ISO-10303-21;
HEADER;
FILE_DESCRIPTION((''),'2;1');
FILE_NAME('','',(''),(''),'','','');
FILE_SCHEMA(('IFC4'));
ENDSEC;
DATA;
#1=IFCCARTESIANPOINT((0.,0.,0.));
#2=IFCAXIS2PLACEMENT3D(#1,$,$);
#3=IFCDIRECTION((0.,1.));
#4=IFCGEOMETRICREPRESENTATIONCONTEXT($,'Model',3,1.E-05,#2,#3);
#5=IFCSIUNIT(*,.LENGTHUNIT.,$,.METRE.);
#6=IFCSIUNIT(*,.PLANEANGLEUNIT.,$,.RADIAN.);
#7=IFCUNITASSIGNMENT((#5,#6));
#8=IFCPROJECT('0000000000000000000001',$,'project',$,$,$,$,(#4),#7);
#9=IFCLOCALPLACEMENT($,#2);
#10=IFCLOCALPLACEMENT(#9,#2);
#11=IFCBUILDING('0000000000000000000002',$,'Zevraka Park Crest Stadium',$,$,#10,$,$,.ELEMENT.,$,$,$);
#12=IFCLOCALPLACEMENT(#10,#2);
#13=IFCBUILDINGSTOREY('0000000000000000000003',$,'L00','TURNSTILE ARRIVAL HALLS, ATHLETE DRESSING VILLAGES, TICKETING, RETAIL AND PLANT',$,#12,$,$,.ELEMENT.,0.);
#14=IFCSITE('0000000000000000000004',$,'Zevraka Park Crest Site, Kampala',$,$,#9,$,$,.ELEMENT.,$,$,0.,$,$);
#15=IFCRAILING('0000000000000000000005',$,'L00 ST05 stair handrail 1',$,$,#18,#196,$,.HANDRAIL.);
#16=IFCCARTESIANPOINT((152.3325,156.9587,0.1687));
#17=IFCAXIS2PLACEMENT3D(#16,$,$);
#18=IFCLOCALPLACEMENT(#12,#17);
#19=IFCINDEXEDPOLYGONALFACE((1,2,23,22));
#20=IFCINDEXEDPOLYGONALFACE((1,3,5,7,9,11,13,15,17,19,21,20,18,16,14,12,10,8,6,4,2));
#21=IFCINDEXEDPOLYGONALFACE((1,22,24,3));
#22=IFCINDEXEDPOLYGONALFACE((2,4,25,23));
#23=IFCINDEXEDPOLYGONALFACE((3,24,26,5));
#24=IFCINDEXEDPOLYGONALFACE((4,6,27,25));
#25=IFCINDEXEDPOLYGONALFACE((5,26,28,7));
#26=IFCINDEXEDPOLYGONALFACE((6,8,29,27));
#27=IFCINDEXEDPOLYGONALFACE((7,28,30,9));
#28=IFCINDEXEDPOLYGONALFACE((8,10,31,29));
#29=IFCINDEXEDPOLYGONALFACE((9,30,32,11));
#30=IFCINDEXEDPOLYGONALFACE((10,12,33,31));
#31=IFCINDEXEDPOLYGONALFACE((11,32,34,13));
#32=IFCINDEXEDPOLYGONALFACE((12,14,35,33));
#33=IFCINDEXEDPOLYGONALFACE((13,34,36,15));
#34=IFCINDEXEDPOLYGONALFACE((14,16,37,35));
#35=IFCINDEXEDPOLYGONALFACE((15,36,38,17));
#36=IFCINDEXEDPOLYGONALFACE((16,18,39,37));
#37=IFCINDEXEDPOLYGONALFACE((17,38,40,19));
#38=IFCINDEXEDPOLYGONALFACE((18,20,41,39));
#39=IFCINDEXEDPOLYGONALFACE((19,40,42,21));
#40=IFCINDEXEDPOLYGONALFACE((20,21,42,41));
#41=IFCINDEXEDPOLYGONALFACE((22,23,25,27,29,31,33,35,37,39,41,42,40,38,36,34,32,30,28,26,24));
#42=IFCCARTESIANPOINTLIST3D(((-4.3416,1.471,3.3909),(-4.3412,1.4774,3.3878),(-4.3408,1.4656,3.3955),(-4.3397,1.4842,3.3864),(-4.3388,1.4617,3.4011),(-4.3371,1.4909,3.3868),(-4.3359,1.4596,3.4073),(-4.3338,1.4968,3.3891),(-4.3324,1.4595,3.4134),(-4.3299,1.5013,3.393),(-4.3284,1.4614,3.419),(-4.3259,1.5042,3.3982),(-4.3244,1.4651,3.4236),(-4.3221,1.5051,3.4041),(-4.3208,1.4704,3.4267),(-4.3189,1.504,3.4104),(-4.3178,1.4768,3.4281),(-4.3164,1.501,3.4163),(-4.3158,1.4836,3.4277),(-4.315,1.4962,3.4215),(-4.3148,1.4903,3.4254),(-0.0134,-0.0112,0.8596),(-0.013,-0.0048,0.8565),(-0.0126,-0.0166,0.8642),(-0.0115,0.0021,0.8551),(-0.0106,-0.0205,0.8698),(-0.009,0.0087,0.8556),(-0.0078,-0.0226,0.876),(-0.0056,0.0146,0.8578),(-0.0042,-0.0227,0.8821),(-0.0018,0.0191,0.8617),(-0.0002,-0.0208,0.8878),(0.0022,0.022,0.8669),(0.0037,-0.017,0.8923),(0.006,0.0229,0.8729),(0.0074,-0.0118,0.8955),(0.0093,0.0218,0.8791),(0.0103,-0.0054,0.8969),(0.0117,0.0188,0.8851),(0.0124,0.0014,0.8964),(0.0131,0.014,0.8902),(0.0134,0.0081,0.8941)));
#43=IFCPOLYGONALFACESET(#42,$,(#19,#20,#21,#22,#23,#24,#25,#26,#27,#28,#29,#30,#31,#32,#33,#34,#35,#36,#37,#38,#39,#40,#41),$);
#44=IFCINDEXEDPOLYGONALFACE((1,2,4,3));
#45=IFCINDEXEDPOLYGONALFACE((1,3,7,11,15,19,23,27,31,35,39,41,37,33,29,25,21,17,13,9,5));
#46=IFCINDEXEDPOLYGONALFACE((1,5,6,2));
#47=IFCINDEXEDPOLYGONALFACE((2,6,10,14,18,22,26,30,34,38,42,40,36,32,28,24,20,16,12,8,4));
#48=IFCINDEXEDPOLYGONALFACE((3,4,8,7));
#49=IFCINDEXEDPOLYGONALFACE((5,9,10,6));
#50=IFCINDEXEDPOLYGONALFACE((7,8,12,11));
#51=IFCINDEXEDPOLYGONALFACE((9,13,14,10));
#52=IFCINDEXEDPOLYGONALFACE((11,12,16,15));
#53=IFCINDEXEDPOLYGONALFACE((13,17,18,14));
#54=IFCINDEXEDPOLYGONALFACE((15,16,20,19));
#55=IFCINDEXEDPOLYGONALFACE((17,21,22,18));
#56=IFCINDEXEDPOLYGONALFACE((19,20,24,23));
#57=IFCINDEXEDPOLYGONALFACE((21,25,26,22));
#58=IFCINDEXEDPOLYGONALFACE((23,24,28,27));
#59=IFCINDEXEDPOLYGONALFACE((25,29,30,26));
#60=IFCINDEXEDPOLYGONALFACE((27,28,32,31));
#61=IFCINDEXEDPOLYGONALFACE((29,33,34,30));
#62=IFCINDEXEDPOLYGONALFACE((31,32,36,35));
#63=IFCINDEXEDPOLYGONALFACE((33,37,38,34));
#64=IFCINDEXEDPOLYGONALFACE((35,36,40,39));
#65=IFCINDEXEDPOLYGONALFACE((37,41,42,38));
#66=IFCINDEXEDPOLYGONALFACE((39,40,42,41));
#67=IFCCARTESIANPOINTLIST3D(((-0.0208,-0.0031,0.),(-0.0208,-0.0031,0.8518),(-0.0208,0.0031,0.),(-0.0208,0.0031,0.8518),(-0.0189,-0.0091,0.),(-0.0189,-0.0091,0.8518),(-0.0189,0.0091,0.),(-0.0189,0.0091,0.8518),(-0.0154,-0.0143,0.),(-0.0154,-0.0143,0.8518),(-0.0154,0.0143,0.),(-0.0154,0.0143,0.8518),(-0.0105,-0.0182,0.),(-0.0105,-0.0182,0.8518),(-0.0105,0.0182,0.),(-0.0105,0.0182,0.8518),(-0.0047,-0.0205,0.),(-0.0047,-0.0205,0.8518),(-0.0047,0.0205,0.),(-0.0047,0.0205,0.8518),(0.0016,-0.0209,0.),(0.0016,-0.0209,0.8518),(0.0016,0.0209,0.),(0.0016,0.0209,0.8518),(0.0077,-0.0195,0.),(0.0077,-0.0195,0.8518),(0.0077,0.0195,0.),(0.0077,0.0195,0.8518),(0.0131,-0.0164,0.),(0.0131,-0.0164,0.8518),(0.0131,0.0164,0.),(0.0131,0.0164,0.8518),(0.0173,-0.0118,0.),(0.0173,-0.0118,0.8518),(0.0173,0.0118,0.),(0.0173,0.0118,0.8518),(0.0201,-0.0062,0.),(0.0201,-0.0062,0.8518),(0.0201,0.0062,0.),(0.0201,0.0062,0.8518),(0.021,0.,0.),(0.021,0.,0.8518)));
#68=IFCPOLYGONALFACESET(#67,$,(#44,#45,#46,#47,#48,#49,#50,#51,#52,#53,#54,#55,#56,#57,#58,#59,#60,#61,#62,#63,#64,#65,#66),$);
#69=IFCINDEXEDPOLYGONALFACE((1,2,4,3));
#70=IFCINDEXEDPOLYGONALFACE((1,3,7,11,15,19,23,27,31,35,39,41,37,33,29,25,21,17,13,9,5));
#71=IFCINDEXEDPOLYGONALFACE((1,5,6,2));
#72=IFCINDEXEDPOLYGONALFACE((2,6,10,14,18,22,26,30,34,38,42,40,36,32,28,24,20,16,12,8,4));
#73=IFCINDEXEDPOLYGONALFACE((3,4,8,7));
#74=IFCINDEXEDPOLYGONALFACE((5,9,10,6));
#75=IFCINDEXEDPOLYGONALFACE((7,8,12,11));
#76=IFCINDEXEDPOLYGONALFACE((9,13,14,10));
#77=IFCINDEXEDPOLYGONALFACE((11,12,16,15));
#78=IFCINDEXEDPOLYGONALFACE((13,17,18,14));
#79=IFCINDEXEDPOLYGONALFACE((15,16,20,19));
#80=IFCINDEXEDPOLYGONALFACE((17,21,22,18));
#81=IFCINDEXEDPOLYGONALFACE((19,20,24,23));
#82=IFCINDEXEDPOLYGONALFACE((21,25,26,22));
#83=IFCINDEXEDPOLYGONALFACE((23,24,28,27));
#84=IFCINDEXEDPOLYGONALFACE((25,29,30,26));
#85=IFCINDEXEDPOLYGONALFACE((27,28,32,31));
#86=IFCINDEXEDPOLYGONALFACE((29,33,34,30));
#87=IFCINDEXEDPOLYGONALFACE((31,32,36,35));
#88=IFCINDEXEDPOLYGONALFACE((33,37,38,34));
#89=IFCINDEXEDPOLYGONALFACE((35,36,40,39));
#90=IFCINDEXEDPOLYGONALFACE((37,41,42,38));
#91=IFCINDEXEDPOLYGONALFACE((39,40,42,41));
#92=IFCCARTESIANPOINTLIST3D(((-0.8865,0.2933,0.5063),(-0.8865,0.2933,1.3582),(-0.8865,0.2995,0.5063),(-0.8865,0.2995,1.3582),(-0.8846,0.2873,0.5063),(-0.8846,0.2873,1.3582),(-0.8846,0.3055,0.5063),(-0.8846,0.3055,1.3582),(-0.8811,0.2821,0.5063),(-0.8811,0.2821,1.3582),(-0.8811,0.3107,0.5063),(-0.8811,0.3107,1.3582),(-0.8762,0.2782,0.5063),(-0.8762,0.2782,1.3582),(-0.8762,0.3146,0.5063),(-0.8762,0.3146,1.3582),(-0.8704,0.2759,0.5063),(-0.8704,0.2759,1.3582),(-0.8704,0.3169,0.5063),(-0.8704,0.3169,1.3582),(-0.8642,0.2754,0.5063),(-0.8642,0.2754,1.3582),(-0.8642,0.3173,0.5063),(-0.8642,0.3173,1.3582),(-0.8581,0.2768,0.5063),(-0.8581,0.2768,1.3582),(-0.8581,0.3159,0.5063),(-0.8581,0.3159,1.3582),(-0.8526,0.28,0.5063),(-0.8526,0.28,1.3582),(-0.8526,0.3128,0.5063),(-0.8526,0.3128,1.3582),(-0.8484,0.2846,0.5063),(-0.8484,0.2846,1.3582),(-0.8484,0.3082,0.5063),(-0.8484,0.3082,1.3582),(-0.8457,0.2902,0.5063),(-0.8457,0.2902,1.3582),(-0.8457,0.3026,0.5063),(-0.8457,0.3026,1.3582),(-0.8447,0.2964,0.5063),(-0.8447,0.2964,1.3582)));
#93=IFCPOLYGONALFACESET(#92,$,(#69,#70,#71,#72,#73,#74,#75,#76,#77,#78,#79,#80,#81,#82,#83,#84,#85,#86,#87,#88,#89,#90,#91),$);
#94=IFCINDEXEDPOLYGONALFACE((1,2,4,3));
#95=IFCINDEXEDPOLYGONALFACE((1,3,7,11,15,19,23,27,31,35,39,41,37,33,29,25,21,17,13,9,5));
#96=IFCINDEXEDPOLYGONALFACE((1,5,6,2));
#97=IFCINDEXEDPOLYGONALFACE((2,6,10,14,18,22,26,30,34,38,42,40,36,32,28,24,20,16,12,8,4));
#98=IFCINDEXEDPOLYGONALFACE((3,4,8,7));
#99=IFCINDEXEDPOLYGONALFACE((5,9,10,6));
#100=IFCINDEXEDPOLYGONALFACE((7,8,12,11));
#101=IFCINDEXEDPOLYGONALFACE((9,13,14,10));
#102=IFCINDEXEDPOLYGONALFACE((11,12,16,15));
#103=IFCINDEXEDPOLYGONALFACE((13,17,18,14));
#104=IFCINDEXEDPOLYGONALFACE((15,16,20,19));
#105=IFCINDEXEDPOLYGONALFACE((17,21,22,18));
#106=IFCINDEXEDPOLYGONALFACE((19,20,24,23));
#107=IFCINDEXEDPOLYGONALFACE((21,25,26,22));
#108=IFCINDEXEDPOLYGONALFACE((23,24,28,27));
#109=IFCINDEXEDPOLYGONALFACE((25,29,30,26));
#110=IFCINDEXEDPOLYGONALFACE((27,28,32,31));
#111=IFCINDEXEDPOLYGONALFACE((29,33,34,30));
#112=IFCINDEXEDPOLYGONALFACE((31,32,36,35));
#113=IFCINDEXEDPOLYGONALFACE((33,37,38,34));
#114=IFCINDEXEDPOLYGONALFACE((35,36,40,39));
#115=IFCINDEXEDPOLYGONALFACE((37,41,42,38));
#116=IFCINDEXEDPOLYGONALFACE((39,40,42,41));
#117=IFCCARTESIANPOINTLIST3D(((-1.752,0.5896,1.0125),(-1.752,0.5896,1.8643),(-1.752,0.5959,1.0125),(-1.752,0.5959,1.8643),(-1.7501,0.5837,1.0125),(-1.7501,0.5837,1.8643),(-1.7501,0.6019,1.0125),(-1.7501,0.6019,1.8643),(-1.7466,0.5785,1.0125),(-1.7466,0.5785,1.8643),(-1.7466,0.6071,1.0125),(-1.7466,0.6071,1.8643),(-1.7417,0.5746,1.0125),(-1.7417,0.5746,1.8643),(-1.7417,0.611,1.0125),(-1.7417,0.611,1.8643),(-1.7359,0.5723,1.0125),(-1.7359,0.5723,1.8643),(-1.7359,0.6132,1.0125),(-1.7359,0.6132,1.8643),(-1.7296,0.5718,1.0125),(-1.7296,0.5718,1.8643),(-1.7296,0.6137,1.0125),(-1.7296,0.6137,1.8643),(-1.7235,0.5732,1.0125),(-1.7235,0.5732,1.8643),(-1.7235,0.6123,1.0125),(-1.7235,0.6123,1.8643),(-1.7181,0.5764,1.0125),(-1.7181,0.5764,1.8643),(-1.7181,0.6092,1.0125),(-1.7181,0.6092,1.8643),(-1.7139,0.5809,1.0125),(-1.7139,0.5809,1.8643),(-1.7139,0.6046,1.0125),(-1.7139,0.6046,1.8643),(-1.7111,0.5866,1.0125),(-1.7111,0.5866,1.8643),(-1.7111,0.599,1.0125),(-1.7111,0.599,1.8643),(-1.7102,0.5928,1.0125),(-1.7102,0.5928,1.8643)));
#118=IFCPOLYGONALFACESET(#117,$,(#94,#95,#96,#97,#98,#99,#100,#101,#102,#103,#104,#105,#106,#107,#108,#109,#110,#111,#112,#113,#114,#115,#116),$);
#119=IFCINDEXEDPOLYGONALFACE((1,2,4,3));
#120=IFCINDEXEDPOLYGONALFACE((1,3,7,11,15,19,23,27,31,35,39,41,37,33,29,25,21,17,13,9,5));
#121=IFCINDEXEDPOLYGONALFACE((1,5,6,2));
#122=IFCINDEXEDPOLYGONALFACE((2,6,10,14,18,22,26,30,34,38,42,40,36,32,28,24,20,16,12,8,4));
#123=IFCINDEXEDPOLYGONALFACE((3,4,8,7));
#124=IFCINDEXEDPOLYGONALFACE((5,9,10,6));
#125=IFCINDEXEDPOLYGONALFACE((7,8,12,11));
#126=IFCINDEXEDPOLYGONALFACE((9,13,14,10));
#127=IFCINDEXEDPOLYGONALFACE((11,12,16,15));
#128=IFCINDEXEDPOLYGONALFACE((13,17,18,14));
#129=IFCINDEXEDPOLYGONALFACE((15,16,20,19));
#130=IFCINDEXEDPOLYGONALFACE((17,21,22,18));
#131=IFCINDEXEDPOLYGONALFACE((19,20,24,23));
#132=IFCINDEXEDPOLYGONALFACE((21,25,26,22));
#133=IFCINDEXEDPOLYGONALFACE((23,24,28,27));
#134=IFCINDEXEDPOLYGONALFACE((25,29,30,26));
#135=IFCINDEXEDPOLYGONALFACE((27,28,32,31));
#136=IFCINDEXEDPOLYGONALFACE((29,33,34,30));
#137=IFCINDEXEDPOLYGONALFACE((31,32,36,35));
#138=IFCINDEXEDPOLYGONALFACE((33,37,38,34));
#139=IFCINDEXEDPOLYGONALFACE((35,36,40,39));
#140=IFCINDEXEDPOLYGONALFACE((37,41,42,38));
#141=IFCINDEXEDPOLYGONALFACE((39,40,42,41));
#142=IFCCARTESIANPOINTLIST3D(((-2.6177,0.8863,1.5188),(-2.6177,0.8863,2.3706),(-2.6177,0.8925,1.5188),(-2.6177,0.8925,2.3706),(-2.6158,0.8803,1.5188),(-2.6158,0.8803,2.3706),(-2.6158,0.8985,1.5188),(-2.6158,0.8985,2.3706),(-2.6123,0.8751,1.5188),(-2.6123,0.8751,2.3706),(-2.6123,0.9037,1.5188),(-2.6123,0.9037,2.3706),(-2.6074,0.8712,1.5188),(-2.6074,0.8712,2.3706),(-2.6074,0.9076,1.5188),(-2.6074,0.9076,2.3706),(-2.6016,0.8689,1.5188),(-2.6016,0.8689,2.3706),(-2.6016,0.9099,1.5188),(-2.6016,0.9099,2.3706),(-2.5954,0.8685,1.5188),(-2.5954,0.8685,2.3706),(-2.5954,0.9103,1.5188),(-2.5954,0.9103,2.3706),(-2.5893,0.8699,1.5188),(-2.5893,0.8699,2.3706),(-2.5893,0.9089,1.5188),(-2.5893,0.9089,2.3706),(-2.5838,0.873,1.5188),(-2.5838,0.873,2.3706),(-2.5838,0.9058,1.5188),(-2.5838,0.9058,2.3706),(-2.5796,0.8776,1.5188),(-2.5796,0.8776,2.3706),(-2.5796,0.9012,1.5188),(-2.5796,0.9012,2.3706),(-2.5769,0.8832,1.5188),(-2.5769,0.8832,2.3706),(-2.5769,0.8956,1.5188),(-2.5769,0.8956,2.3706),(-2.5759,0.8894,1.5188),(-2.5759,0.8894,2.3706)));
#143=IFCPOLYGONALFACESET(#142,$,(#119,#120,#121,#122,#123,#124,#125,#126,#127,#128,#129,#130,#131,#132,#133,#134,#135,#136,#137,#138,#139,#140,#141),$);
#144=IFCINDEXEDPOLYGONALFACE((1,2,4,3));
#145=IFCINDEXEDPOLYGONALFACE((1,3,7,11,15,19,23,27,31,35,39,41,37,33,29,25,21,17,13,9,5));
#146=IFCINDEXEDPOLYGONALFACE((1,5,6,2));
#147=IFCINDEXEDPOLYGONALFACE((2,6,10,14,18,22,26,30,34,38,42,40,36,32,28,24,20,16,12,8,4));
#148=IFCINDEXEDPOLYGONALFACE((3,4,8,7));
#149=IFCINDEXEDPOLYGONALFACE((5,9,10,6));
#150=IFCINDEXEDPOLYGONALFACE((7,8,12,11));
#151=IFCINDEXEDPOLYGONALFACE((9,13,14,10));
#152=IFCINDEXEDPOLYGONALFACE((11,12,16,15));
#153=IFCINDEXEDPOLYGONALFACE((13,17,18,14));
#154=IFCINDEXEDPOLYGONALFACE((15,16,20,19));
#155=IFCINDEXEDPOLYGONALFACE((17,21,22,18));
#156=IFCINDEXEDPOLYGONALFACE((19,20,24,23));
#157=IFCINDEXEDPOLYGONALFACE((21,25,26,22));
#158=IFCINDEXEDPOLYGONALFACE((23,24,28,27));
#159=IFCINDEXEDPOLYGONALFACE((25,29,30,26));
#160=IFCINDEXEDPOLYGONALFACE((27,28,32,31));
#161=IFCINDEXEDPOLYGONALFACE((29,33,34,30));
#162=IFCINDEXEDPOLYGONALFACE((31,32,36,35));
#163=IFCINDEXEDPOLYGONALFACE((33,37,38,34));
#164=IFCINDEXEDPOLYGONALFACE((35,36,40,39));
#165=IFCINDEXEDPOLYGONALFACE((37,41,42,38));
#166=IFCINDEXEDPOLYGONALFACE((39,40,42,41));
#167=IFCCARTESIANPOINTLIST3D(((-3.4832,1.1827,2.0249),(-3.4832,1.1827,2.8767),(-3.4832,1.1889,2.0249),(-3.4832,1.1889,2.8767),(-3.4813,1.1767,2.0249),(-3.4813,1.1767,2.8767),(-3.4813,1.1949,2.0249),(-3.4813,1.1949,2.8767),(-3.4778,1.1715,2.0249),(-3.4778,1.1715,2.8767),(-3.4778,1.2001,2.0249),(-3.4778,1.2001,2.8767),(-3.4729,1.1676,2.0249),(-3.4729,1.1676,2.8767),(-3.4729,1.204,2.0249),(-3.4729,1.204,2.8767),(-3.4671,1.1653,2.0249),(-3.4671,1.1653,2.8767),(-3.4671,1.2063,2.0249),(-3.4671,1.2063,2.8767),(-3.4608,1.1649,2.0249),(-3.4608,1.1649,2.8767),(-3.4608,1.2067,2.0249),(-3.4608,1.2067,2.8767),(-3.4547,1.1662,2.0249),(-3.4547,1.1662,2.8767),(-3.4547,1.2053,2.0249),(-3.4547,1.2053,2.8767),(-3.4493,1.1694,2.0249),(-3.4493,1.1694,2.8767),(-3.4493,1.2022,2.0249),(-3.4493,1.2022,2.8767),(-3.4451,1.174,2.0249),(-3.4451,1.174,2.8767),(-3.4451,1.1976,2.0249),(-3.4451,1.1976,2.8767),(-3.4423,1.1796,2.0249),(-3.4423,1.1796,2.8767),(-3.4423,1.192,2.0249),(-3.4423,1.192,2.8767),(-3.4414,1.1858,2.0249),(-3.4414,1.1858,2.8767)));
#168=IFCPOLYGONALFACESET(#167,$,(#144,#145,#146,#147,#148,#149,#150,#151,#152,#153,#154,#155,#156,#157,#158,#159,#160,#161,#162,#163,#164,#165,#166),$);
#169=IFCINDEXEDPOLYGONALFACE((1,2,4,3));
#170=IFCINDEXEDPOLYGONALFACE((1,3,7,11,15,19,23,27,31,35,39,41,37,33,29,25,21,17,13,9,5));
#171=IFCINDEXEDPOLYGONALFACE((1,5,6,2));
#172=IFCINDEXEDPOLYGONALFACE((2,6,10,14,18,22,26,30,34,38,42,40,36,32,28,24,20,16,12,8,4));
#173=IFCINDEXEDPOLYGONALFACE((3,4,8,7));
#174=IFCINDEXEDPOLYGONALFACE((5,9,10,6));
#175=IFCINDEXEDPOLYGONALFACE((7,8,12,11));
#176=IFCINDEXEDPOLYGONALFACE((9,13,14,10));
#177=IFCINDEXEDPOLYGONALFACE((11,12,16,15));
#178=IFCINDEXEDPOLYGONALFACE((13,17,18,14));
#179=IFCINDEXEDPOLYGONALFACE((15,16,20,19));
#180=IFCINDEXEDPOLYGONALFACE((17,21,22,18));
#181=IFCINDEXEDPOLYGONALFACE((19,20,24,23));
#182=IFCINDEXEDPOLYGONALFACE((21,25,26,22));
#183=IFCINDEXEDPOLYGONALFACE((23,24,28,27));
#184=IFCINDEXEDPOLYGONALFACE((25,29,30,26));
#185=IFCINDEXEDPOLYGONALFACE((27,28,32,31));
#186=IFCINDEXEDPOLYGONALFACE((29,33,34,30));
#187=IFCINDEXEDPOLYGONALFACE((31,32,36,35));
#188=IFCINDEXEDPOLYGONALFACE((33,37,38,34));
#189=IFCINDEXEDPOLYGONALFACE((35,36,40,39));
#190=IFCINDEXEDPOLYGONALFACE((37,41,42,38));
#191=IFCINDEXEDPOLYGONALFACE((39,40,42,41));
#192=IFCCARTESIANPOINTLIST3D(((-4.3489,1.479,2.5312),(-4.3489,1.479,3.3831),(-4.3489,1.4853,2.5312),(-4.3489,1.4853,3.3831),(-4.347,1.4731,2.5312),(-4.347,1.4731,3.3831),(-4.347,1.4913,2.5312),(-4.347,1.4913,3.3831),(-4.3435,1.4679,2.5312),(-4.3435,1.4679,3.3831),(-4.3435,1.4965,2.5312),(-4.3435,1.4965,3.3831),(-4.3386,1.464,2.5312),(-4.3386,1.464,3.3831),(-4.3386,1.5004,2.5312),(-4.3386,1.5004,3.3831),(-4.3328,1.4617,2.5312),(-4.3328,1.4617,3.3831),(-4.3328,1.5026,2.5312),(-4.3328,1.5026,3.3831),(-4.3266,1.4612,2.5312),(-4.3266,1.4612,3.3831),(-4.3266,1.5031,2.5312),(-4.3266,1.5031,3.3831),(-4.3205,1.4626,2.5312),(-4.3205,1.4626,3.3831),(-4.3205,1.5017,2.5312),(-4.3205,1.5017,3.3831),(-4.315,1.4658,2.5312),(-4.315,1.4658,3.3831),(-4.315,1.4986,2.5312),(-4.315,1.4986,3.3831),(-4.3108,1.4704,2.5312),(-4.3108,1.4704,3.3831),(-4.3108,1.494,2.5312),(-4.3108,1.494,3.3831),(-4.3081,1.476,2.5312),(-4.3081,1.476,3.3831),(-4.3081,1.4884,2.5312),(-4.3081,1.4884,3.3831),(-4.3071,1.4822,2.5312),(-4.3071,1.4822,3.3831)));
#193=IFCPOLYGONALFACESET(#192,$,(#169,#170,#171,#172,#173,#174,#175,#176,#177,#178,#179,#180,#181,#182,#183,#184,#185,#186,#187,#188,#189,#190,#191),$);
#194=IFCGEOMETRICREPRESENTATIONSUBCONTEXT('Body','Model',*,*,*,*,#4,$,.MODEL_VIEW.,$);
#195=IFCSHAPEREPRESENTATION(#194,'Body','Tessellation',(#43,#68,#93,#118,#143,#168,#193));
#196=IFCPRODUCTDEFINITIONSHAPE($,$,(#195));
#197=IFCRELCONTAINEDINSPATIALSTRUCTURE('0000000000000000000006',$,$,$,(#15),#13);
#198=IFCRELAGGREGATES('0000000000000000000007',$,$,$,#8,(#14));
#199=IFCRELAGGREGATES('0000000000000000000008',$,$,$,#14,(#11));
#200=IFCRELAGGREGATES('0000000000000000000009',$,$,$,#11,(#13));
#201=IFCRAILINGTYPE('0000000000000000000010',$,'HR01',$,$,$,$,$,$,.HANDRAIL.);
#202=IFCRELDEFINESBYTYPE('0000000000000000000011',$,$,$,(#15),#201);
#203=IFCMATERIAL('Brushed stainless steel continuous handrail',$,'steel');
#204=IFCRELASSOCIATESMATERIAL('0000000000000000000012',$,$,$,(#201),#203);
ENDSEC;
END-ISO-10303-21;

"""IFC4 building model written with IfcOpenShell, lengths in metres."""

from ifc_helpers import new_model, si_unit, direction, frame, origin, origin_2d, place, context, subcontext, project, spatial, circle, extrude, material, type_object, element, save


model = new_model("IFC4")

# Units and contexts
model_context = context("Model", 3, precision=1e-05, world=origin(), true_north=direction((0.0, 1.0)))
body_context = subcontext(model_context, "Body", "Model", "MODEL_VIEW")
ifc_project = project(units=[si_unit("LENGTHUNIT", "METRE"), si_unit("PLANEANGLEUNIT", "RADIAN")], contexts=[model_context])

# Site, building, storey
site_placement = place(None, origin())
site = spatial("IfcSite", under=ifc_project, at=site_placement, Name="Zevraka Park Crest Site, Kampala", CompositionType="ELEMENT", RefElevation=0.0)
building_placement = place(site_placement, origin())
building = spatial("IfcBuilding", under=site, at=building_placement, Name="Zevraka Park Crest Stadium", CompositionType="ELEMENT")
storey_placement = place(building_placement, origin())
storey = spatial("IfcBuildingStorey", under=building, at=storey_placement, Name="L00", Description="TURNSTILE ARRIVAL HALLS, ATHLETE DRESSING VILLAGES, TICKETING, RETAIL AND PLANT", CompositionType="ELEMENT", Elevation=0.0)

# Railing
ifc_material_1 = material(Name="Brushed stainless steel continuous handrail", Category="steel")
railing_type_1 = type_object("IfcRailingType", Name="HR01", PredefinedType="HANDRAIL", material=ifc_material_1)
railing_1_placement = place(storey_placement, frame((152.3325, 156.9587, 0.1687)))
element("IfcRailing", 1, at=railing_1_placement, inside=storey, type_object=railing_type_1, Name="L00 ST05 stair handrail 1", PredefinedType="HANDRAIL", context=body_context, shape_type="SweptSolid", body=[
    extrude(circle(Radius=0.0239, at=origin_2d()), frame((0.0, 0.0, 0.876), z_axis=(-0.827802, 0.283483, 0.48413), x_axis=(-0.323982, -0.946063, 0.0)), (0.0, 0.0, 1.0), 5.2285),
    extrude(circle(Radius=0.021, at=origin_2d()), origin(), (0.0, 0.0, 1.0), 0.8518),
    extrude(circle(Radius=0.021, at=origin_2d()), frame((-0.8657, 0.2964, 0.5063)), (0.0, 0.0, 1.0), 0.8518),
    extrude(circle(Radius=0.021, at=origin_2d()), frame((-1.7312, 0.5928, 1.0125)), (0.0, 0.0, 1.0), 0.8518),
    extrude(circle(Radius=0.021, at=origin_2d()), frame((-2.5969, 0.8894, 1.5188)), (0.0, 0.0, 1.0), 0.8518),
    extrude(circle(Radius=0.021, at=origin_2d()), frame((-3.4624, 1.1858, 2.0249)), (0.0, 0.0, 1.0), 0.8518),
    extrude(circle(Radius=0.021, at=origin_2d()), frame((-4.3281, 1.4822, 2.5312)), (0.0, 0.0, 1.0), 0.8518),
])

save(model, "model.ifc")
